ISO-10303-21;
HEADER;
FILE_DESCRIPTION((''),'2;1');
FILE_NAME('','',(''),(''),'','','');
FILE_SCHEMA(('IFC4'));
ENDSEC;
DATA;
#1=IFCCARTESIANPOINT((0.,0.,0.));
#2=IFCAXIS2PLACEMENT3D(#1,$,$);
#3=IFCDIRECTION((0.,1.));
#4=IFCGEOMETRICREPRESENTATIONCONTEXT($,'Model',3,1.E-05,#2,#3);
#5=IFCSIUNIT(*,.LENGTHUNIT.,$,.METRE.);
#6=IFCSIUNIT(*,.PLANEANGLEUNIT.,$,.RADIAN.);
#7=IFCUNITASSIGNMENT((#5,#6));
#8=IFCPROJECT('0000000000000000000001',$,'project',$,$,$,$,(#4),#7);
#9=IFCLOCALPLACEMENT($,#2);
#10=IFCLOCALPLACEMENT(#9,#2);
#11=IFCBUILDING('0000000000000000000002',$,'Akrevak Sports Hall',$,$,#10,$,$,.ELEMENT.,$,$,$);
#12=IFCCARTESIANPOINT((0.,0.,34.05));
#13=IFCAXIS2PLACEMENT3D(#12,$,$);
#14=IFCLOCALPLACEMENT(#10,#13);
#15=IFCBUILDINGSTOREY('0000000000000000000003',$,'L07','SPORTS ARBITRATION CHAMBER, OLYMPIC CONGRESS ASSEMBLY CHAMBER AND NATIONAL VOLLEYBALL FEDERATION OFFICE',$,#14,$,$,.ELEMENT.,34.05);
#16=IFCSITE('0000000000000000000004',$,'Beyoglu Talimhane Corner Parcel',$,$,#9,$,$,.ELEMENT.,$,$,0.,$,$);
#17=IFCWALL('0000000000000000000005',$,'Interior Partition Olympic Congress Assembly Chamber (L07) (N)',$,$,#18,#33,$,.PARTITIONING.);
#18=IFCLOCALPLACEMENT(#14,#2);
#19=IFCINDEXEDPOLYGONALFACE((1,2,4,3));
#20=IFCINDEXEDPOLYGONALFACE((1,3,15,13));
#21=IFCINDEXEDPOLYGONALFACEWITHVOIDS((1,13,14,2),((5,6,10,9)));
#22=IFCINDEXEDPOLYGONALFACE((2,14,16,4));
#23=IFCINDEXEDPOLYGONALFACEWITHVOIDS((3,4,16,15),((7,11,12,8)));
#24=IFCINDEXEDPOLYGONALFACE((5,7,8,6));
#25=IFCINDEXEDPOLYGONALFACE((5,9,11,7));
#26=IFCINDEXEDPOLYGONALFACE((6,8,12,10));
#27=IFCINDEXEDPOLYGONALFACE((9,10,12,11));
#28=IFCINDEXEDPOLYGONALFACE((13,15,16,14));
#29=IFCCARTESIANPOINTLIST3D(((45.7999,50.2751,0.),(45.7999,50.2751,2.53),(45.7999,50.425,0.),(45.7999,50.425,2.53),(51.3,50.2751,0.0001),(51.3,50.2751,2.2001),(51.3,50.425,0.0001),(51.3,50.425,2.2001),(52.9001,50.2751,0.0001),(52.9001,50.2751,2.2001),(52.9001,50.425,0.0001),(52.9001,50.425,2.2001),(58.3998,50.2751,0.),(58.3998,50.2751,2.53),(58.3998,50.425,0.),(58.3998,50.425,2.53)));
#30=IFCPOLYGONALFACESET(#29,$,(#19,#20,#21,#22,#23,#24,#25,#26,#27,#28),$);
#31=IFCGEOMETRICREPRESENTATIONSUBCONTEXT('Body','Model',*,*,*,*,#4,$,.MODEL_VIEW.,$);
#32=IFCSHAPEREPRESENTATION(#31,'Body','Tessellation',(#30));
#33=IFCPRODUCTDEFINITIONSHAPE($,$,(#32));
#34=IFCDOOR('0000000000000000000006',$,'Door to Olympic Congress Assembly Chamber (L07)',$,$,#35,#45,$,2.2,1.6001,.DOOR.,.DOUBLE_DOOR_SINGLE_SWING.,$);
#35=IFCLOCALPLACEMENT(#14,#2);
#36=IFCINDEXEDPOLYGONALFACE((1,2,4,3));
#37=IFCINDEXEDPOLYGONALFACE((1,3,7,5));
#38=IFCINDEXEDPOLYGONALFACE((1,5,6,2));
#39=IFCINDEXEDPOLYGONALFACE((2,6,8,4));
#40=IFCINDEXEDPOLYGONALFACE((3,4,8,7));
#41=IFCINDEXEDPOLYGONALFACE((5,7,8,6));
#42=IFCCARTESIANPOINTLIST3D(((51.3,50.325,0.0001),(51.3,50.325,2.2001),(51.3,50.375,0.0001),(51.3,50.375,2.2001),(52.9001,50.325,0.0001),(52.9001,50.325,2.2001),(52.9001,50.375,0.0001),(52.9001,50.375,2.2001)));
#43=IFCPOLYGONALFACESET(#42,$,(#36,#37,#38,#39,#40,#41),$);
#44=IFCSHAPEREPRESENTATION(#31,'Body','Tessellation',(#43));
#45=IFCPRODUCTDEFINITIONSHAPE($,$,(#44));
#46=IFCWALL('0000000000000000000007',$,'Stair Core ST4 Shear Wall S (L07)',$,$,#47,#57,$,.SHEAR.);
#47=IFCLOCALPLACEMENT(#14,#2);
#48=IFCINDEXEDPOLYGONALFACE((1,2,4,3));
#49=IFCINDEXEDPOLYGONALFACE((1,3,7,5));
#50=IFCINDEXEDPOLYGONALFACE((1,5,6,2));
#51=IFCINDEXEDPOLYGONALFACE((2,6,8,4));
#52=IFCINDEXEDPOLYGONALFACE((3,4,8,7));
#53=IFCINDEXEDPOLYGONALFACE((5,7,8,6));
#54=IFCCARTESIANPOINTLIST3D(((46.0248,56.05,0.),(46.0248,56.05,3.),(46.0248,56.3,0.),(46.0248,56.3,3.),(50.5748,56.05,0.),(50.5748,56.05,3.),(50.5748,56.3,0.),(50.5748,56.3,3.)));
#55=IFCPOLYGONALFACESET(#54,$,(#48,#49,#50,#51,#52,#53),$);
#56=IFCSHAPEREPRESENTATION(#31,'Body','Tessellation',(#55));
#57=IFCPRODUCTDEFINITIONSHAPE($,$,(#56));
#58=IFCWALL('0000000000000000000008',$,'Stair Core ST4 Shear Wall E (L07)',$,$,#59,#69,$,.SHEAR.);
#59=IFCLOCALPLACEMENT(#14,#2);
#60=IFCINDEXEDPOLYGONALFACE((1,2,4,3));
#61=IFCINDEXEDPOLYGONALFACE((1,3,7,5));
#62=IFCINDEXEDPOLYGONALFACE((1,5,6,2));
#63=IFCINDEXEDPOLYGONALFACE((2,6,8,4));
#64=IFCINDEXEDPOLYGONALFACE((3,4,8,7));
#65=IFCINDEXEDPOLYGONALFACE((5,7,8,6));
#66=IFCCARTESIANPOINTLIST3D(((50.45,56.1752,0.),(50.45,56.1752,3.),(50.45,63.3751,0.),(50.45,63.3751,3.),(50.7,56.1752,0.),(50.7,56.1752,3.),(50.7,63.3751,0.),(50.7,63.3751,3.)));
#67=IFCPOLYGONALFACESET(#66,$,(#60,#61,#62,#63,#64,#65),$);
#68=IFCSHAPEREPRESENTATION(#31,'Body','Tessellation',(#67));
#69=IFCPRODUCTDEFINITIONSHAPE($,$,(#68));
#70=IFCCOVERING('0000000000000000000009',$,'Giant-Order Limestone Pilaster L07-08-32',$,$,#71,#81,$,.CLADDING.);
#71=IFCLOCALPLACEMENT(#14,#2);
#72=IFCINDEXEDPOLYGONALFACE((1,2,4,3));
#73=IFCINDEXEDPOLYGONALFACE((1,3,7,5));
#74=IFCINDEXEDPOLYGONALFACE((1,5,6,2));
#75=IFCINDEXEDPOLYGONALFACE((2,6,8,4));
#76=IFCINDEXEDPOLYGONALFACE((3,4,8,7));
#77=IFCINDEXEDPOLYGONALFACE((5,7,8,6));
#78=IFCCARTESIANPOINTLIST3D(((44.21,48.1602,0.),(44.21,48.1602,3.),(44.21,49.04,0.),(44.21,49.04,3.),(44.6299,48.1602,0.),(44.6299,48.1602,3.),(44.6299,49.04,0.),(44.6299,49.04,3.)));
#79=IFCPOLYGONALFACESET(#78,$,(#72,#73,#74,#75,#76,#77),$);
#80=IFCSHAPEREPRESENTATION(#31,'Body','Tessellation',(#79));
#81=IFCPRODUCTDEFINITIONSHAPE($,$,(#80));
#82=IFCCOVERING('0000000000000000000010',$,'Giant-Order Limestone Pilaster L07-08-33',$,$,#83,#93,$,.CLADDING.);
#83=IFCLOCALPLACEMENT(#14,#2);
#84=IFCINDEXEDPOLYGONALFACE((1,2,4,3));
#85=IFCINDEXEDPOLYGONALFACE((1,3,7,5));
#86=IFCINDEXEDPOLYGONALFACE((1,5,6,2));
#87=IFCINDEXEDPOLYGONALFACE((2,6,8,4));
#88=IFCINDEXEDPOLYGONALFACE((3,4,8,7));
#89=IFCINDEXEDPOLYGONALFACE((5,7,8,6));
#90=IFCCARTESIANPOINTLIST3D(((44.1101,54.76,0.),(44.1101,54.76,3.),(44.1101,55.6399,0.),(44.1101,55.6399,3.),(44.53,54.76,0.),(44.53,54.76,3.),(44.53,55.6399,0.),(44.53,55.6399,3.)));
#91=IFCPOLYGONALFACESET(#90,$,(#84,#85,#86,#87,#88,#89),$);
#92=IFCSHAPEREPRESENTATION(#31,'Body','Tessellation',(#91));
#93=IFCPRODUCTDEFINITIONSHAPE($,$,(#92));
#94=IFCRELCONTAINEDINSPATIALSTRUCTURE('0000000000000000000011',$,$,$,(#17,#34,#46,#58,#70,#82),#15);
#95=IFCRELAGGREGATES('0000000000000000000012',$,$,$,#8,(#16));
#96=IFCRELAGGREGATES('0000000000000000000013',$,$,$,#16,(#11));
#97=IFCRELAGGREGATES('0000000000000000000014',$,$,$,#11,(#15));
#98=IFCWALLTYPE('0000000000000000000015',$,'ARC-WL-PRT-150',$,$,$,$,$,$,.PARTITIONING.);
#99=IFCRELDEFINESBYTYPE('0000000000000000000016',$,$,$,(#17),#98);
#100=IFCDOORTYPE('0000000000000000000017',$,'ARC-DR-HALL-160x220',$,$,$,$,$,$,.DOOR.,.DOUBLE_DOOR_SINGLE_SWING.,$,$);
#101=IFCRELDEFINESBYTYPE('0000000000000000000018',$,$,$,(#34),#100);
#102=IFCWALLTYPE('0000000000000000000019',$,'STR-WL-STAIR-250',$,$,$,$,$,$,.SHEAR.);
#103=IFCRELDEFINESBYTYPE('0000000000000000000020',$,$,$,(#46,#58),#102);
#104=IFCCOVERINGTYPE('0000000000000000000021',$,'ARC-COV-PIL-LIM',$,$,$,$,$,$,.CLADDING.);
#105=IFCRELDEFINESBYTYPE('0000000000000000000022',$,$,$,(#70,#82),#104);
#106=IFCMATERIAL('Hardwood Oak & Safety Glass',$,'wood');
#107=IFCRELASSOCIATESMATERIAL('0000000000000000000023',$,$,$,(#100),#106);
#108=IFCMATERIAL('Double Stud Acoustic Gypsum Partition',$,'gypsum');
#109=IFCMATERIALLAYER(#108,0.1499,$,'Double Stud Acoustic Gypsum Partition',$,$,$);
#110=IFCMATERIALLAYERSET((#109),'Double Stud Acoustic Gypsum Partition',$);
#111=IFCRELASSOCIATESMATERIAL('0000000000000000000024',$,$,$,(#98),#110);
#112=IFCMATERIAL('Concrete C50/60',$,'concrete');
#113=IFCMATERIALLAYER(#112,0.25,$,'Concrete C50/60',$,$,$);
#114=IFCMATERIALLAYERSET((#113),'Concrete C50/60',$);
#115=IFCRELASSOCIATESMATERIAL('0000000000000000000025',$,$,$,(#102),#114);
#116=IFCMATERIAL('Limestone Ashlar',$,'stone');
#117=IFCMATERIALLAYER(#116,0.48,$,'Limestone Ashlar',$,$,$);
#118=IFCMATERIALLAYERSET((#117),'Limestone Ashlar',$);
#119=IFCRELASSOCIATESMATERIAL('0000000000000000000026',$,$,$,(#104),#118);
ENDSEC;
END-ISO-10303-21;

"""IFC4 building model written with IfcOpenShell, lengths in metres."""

from ifc_helpers import new_model, si_unit, direction, frame, frame_2d, origin, origin_2d, place, context, subcontext, project, spatial, rectangle, extrude, material, layer, layer_set, type_object, element, fill, save


model = new_model("IFC4")

# Units and contexts
model_context = context("Model", 3, precision=1e-05, world=origin(), true_north=direction((0.0, 1.0)))
body_context = subcontext(model_context, "Body", "Model", "MODEL_VIEW")
ifc_project = project(units=[si_unit("LENGTHUNIT", "METRE"), si_unit("PLANEANGLEUNIT", "RADIAN")], contexts=[model_context])

# Site, building, storey
site_placement = place(None, origin())
site = spatial("IfcSite", under=ifc_project, at=site_placement, Name="Beyoglu Talimhane Corner Parcel", CompositionType="ELEMENT", RefElevation=0.0)
building_placement = place(site_placement, origin())
building = spatial("IfcBuilding", under=site, at=building_placement, Name="Akrevak Sports Hall", CompositionType="ELEMENT")
storey_placement = place(building_placement, frame((0.0, 0.0, 34.05)))
storey = spatial("IfcBuildingStorey", under=building, at=storey_placement, Name="L07", Description="SPORTS ARBITRATION CHAMBER, OLYMPIC CONGRESS ASSEMBLY CHAMBER AND NATIONAL VOLLEYBALL FEDERATION OFFICE", CompositionType="ELEMENT", Elevation=34.05)

# Shared definitions
ifc_material_1 = material(Name="Concrete C50/60", Category="concrete")

# Shared definitions
ifc_material_2 = material(Name="Hardwood Oak & Safety Glass", Category="wood")
door_type_1 = type_object("IfcDoorType", Name="ARC-DR-HALL-160x220", OperationType="DOUBLE_DOOR_SINGLE_SWING", PredefinedType="DOOR", material=ifc_material_2)

# Wall, opening, door
ifc_material_3 = material(Name="Double Stud Acoustic Gypsum Partition", Category="gypsum")
ifc_layer_1 = layer(ifc_material_3, 0.1499, Name="Double Stud Acoustic Gypsum Partition")
ifc_layer_set_1 = layer_set([ifc_layer_1], Name="Double Stud Acoustic Gypsum Partition")
wall_type_1 = type_object("IfcWallType", Name="ARC-WL-PRT-150", PredefinedType="PARTITIONING", material=ifc_layer_set_1)
wall_1_placement = place(storey_placement, frame((45.8, 50.3501, 0.0), z_axis=(0.0, 0.0, 1.0), x_axis=(1.0, 0.0, 0.0)))
wall_1 = element("IfcWall", 1, at=wall_1_placement, inside=storey, type_object=wall_type_1, Name="Interior Partition Olympic Congress Assembly Chamber (L07) (N)", PredefinedType="PARTITIONING", context=body_context, shape_type="SweptSolid", body=[
    extrude(rectangle(XDim=12.5999, YDim=0.1499, at=frame_2d((6.2998, 0.0))), origin(), (0.0, 0.0, 1.0), 2.53),
])
opening_1_placement = place(wall_1_placement, frame((5.5, 0.0, 0.0)))
opening_1 = element("IfcOpeningElement", 2, at=opening_1_placement, cuts=wall_1, PredefinedType="OPENING", context=body_context, shape_type="SweptSolid", body=[
    extrude(rectangle(XDim=1.6001, YDim=2.2, at=frame_2d((0.8, 1.1001))), frame((0.0, 0.0869, 0.0), z_axis=(0.0, -1.0, 0.0), x_axis=(1.0, 0.0, 0.0)), (0.0, 0.0, 1.0), 0.1738),
])
door_1_placement = place(opening_1_placement, origin())
door_1 = element("IfcDoor", 3, at=door_1_placement, inside=storey, type_object=door_type_1, Name="Door to Olympic Congress Assembly Chamber (L07)", OperationType="DOUBLE_DOOR_SINGLE_SWING", OverallHeight=2.2, OverallWidth=1.6001, PredefinedType="DOOR", context=body_context, shape_type="SweptSolid", body=[
    extrude(rectangle(XDim=1.6001, YDim=2.2, at=frame_2d((0.8, 1.1001))), frame((0.0, 0.0249, 0.0), z_axis=(0.0, -1.0, 0.0), x_axis=(1.0, 0.0, 0.0)), (0.0, 0.0, 1.0), 0.05),
])
fill(opening_1, door_1)

# Walls
ifc_layer_2 = layer(ifc_material_1, 0.25, Name="Concrete C50/60")
ifc_layer_set_2 = layer_set([ifc_layer_2], Name="Concrete C50/60")
wall_type_2 = type_object("IfcWallType", Name="STR-WL-STAIR-250", PredefinedType="SHEAR", material=ifc_layer_set_2)
wall_2_placement = place(storey_placement, frame((46.0249, 56.175, 0.0), z_axis=(0.0, 0.0, 1.0), x_axis=(1.0, 0.0, 0.0)))
element("IfcWall", 4, at=wall_2_placement, inside=storey, type_object=wall_type_2, Name="Stair Core ST4 Shear Wall S (L07)", PredefinedType="SHEAR", context=body_context, shape_type="SweptSolid", body=[
    extrude(rectangle(XDim=4.55, YDim=0.25, at=frame_2d((2.2749, 0.0))), origin(), (0.0, 0.0, 1.0), 3.0),
])
wall_3_placement = place(storey_placement, frame((50.575, 56.175, 0.0), z_axis=(0.0, 0.0, 1.0), x_axis=(0.0, 1.0, 0.0)))
element("IfcWall", 5, at=wall_3_placement, inside=storey, type_object=wall_type_2, Name="Stair Core ST4 Shear Wall E (L07)", PredefinedType="SHEAR", context=body_context, shape_type="SweptSolid", body=[
    extrude(rectangle(XDim=7.2, YDim=0.25, at=frame_2d((3.6001, 0.0))), origin(), (0.0, 0.0, 1.0), 3.0),
])

# Coverings
ifc_material_4 = material(Name="Limestone Ashlar", Category="stone")
ifc_layer_3 = layer(ifc_material_4, 0.48, Name="Limestone Ashlar")
ifc_layer_set_3 = layer_set([ifc_layer_3], Name="Limestone Ashlar")
covering_type = type_object("IfcCoveringType", Name="ARC-COV-PIL-LIM", PredefinedType="CLADDING", material=ifc_layer_set_3)
for number, where, z_axis, x_axis, name in (
    (6, (44.4199, 48.6001, 0.0), (0.0, 0.0, 1.0), (0.0, -1.0, 0.0), "Giant-Order Limestone Pilaster L07-08-32"),
    (7, (44.3201, 55.2, 0.0), (0.0, 0.0, 1.0), (0.0, -1.0, 0.0), "Giant-Order Limestone Pilaster L07-08-33"),
):
    element("IfcCovering", number, at=place(storey_placement, frame(where, z_axis=z_axis, x_axis=x_axis)), inside=storey, type_object=covering_type, Name=name, PredefinedType="CLADDING", context=body_context, shape_type="SweptSolid", body=[
        extrude(rectangle(XDim=0.8799, YDim=0.4199, at=origin_2d()), origin(), (0.0, 0.0, 1.0), 3.0),
    ])

save(model, "model.ifc")
